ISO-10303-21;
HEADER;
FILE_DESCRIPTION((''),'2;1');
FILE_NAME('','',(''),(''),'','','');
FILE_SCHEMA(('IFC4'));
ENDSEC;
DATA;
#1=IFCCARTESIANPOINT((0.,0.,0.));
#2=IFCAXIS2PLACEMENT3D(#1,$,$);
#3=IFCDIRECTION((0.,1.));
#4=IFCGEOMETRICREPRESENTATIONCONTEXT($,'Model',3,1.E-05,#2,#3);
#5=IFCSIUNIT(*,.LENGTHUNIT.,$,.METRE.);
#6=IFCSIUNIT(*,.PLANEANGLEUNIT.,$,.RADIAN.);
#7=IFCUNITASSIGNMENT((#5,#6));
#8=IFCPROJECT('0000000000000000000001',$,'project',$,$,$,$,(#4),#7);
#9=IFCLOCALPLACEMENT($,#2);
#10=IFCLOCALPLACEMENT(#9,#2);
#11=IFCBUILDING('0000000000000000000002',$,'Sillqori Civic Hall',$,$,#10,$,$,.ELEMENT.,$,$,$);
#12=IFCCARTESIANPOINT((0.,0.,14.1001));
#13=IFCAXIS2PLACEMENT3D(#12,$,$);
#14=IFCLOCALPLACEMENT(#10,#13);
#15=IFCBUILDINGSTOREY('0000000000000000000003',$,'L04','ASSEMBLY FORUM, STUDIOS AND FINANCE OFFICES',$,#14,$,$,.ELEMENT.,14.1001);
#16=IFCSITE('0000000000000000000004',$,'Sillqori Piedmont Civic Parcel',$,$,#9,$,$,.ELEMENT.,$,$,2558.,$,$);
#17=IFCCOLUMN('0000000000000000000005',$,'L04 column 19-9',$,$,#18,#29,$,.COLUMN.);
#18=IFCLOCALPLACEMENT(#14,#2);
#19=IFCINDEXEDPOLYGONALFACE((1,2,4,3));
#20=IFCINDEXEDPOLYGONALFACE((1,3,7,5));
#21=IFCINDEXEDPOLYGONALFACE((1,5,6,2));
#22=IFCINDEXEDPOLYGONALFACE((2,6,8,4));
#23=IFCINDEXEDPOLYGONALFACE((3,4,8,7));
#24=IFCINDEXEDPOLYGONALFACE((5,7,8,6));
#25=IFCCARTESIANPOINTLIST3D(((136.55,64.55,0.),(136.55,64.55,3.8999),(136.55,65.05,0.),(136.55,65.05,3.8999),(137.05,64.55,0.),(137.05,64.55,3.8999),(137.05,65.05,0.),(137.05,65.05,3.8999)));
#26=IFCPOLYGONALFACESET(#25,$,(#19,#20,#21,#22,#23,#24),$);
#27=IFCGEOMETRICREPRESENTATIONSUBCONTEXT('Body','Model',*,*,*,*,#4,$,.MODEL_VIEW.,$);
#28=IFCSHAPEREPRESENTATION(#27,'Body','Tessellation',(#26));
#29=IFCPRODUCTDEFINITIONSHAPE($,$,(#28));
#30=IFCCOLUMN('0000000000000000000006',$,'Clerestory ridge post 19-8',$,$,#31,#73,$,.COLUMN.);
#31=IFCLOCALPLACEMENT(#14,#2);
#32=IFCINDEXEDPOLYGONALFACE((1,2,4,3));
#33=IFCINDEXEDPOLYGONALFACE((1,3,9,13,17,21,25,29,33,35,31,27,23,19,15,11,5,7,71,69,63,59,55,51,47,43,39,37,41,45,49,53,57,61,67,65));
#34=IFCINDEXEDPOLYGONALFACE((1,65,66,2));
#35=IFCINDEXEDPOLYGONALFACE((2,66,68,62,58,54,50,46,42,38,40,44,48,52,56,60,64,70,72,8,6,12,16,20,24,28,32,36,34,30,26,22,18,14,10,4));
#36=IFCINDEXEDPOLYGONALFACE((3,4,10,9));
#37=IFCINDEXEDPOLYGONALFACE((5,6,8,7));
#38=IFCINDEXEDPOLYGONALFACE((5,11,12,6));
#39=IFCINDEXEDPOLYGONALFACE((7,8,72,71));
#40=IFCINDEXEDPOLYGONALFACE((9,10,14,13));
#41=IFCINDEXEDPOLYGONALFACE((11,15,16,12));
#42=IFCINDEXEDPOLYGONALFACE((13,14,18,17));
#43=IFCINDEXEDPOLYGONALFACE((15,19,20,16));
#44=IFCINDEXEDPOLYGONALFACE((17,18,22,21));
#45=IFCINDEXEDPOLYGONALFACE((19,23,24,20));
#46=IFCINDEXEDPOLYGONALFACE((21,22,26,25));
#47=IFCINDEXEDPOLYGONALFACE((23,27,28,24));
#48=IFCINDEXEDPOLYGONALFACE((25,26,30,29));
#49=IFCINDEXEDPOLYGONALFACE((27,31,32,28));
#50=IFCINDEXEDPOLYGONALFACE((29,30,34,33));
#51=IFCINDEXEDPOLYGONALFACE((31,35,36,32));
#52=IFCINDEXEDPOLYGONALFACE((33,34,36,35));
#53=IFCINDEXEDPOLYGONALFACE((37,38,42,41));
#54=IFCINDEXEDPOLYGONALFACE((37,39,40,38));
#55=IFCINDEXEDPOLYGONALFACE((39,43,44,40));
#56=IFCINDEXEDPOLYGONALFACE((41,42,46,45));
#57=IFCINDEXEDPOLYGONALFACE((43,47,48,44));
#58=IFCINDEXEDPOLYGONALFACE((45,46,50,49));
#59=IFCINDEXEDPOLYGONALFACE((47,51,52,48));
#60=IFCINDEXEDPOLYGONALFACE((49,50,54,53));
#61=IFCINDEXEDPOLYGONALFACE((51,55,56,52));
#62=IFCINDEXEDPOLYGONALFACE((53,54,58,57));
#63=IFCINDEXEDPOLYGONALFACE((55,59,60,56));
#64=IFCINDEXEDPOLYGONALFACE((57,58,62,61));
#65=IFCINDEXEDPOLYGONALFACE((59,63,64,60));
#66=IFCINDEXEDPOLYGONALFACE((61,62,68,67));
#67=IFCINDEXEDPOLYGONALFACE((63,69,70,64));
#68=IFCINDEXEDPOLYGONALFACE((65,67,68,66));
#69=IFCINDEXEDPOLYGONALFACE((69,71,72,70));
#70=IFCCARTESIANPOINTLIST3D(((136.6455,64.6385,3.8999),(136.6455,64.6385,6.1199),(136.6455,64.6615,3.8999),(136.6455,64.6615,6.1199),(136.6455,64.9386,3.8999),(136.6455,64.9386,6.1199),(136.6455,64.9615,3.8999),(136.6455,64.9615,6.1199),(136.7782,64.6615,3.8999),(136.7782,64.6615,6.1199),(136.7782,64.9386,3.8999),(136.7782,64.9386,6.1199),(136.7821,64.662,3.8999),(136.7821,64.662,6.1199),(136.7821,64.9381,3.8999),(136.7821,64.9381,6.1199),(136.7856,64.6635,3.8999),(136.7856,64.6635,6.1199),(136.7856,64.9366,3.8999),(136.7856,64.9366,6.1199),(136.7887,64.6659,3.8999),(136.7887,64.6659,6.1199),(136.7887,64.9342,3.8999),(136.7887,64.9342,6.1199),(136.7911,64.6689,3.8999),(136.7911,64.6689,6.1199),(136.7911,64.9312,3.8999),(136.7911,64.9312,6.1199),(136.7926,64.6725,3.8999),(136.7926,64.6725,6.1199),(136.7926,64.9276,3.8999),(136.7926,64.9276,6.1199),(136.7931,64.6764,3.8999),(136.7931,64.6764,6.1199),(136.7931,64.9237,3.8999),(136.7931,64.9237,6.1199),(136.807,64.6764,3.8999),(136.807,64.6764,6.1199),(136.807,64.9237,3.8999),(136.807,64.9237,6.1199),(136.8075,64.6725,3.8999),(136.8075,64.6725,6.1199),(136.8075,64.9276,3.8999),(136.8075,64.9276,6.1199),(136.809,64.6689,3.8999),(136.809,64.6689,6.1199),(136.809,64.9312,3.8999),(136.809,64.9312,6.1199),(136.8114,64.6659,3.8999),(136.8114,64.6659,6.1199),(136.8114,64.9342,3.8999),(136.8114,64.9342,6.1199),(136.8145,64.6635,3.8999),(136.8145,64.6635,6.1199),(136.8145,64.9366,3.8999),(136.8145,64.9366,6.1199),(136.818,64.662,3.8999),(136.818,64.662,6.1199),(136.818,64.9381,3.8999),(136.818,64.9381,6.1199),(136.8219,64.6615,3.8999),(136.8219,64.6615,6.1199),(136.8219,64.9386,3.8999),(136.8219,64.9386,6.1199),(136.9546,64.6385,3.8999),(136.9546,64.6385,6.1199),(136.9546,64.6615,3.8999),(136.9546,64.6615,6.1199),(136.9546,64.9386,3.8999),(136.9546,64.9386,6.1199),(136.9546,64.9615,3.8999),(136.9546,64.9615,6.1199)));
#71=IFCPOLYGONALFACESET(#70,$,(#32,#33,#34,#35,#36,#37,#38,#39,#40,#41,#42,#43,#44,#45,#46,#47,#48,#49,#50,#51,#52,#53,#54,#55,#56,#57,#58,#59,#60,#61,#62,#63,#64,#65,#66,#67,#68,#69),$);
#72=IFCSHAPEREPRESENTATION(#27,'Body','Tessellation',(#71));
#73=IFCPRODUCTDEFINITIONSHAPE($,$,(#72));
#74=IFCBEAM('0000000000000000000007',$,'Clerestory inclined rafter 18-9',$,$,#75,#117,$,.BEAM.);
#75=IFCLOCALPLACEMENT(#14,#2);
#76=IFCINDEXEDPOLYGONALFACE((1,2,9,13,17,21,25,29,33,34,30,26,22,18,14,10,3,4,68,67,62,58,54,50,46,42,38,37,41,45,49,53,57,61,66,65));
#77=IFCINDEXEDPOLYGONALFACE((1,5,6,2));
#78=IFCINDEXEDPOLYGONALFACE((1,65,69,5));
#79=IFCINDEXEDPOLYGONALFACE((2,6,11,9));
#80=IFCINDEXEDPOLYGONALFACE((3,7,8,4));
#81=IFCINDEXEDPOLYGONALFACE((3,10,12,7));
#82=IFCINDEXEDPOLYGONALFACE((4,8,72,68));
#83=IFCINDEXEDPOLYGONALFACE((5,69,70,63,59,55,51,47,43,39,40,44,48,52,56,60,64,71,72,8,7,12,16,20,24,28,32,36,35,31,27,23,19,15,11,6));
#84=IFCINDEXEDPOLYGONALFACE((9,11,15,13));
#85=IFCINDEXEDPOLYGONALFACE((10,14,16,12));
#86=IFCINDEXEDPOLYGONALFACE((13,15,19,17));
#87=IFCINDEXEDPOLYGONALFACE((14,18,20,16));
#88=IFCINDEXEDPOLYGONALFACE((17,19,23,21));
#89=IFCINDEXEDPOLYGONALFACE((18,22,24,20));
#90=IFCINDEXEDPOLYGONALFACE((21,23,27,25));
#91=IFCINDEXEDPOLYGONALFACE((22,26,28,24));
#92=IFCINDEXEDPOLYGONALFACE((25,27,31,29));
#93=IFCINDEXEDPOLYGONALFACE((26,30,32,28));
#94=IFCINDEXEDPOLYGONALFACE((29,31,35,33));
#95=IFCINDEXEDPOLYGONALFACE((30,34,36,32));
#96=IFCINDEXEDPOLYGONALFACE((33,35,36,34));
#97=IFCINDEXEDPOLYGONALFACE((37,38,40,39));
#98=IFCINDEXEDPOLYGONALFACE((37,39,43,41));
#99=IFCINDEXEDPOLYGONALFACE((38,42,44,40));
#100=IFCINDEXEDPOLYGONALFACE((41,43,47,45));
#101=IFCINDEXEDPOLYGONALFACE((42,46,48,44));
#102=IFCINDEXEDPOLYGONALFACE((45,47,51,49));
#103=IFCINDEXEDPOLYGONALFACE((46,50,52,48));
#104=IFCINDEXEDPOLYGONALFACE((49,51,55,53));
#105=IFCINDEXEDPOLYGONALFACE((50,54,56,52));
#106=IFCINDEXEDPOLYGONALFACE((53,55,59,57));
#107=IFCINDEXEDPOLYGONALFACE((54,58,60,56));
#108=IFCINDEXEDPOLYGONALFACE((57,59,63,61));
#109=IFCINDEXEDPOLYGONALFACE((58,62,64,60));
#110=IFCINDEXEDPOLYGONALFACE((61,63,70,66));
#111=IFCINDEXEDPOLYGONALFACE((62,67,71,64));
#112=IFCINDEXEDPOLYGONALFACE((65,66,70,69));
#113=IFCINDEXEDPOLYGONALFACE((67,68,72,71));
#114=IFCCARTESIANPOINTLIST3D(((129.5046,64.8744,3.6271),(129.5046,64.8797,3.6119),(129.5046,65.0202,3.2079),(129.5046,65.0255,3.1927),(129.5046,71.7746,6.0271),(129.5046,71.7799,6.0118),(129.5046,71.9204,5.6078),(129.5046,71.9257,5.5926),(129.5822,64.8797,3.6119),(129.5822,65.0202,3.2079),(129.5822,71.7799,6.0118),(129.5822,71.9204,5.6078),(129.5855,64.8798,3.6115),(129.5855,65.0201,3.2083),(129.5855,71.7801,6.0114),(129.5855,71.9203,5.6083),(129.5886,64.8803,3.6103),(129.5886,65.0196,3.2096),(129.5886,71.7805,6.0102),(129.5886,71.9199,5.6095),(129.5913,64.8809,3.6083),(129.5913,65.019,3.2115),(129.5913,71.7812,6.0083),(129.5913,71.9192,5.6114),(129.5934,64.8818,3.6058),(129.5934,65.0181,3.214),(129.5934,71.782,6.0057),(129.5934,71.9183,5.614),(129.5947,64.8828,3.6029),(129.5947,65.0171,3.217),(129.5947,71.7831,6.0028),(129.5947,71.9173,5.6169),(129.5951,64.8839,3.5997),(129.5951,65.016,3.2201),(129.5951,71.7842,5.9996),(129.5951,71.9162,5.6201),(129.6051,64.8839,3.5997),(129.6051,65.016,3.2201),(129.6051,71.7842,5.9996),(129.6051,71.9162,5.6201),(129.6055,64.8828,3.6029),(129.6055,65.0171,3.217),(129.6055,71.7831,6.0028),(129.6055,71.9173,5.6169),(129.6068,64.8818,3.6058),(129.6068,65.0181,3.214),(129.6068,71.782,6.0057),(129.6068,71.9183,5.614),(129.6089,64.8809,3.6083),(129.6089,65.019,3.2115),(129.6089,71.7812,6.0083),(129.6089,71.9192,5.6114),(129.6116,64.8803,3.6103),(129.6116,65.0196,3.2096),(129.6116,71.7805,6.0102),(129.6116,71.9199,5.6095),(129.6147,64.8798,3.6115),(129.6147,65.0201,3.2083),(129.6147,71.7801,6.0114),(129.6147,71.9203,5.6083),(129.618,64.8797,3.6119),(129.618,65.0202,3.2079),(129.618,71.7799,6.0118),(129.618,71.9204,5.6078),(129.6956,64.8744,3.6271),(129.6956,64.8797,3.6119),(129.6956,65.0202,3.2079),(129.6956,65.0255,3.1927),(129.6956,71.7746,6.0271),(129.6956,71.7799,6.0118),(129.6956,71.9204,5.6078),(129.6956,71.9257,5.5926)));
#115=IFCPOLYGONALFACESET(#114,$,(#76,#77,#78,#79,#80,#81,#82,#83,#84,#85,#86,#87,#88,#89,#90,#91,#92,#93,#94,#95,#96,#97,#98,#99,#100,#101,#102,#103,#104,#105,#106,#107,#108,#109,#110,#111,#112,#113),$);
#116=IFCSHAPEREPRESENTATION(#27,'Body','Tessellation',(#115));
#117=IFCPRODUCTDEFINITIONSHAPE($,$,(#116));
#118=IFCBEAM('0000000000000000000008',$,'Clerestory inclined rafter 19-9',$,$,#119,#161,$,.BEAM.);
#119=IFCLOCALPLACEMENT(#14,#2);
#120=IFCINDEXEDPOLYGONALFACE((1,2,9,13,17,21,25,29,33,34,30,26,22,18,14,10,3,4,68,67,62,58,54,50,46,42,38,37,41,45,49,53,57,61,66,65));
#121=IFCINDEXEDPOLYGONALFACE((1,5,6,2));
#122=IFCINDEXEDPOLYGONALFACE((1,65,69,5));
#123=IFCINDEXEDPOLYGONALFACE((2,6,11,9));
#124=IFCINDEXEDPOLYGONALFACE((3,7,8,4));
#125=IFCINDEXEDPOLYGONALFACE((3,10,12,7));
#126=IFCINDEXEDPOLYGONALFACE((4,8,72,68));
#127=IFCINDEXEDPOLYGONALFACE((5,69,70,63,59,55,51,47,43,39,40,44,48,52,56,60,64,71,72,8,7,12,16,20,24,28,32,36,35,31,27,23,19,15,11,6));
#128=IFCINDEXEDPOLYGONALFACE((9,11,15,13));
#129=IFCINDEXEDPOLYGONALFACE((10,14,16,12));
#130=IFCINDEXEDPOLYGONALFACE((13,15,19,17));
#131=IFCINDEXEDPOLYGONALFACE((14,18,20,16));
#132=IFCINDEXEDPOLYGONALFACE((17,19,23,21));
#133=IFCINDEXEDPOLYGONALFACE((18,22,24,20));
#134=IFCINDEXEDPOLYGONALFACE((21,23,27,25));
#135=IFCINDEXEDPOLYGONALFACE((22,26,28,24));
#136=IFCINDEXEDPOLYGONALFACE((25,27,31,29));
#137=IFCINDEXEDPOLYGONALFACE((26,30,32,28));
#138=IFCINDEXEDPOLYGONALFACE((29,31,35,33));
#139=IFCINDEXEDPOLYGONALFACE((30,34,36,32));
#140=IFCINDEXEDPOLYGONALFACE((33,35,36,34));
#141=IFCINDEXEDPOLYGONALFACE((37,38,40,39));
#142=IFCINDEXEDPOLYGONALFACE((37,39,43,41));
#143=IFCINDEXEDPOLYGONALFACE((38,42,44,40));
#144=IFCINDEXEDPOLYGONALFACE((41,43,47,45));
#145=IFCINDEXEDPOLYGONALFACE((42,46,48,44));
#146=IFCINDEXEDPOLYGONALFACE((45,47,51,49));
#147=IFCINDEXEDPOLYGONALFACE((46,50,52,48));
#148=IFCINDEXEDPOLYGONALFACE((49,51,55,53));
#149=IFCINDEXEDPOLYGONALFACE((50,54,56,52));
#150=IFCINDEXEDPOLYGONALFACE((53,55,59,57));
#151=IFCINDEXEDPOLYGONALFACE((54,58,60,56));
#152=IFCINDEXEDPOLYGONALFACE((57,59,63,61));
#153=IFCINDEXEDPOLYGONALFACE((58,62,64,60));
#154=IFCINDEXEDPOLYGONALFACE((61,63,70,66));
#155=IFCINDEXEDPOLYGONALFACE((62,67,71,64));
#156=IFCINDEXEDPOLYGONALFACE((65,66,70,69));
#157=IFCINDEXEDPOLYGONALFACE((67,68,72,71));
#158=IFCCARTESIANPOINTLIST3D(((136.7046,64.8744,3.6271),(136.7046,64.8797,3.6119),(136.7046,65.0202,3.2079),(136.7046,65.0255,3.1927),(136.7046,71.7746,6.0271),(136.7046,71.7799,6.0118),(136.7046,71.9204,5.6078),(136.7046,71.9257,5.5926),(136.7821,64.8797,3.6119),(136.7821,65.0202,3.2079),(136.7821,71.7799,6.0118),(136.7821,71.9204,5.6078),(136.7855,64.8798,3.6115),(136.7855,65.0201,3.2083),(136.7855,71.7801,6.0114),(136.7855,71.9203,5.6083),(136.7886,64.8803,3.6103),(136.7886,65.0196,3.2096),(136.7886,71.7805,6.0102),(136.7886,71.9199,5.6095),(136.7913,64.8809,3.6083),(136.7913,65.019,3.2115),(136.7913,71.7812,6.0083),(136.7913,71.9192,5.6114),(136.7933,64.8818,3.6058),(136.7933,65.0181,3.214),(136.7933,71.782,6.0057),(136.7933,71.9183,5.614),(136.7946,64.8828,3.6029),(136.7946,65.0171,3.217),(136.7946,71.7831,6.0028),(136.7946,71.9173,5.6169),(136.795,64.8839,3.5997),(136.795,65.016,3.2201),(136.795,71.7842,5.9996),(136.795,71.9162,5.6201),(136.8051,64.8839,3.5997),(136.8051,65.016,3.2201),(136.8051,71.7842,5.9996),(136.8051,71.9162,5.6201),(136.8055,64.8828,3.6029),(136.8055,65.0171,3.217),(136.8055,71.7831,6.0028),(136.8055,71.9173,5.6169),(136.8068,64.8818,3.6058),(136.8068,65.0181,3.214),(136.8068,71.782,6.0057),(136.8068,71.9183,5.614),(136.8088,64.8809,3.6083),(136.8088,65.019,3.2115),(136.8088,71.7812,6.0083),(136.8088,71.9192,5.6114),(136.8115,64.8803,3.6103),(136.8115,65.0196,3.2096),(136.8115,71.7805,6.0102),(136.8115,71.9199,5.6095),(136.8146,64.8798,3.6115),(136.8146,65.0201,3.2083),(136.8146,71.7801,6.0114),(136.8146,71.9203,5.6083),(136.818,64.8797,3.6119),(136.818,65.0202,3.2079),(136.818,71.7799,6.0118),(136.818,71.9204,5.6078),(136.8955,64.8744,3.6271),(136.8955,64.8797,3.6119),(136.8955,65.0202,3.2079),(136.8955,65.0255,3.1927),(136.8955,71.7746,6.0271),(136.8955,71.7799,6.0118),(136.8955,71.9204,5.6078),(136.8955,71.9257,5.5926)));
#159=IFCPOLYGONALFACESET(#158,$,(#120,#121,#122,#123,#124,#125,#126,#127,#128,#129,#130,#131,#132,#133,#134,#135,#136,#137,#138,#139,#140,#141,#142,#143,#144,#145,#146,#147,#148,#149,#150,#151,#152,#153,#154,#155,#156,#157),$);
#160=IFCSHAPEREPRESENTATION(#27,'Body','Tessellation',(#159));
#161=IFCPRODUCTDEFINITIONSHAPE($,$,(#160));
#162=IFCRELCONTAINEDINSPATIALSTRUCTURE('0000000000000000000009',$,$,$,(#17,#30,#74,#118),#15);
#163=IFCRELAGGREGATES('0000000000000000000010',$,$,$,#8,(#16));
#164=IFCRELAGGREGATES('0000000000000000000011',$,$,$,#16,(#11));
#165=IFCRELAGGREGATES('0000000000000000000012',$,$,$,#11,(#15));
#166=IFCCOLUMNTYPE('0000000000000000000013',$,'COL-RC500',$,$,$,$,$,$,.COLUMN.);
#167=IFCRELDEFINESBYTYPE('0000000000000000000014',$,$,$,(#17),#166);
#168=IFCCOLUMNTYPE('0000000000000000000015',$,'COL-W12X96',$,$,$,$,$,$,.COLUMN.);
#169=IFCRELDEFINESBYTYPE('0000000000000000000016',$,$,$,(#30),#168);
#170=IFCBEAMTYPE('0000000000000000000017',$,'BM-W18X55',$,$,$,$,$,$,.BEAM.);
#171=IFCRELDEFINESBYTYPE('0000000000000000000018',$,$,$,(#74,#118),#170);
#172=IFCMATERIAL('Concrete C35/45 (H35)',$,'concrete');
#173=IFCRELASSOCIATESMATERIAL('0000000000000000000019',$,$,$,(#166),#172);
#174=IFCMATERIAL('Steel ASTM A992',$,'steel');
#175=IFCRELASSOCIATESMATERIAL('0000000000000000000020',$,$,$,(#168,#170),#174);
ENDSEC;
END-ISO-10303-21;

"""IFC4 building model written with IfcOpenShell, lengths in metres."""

from ifc_helpers import new_model, si_unit, direction, frame, origin, origin_2d, place, context, subcontext, project, spatial, rectangle, i_section, extrude, material, material_profile, profile_set, type_object, element, save


model = new_model("IFC4")

# Units and contexts
model_context = context("Model", 3, precision=1e-05, world=origin(), true_north=direction((0.0, 1.0)))
body_context = subcontext(model_context, "Body", "Model", "MODEL_VIEW")
ifc_project = project(units=[si_unit("LENGTHUNIT", "METRE"), si_unit("PLANEANGLEUNIT", "RADIAN")], contexts=[model_context])

# Site, building, storey
site_placement = place(None, origin())
site = spatial("IfcSite", under=ifc_project, at=site_placement, Name="Sillqori Piedmont Civic Parcel", CompositionType="ELEMENT", RefElevation=2558.0)
building_placement = place(site_placement, origin())
building = spatial("IfcBuilding", under=site, at=building_placement, Name="Sillqori Civic Hall", CompositionType="ELEMENT")
storey_placement = place(building_placement, frame((0.0, 0.0, 14.1001)))
storey = spatial("IfcBuildingStorey", under=building, at=storey_placement, Name="L04", Description="ASSEMBLY FORUM, STUDIOS AND FINANCE OFFICES", CompositionType="ELEMENT", Elevation=14.1001)

# Columns
ifc_material_1 = material(Name="Concrete C35/45 (H35)", Category="concrete")
ifc_material_profile_1 = material_profile(ifc_material_1, rectangle(XDim=0.5, YDim=0.5, at=origin_2d()), Name="RC 500x500")
ifc_profile_set_1 = profile_set([ifc_material_profile_1], Name="Concrete C35/45 (H35)")
column_type_1 = type_object("IfcColumnType", Name="COL-RC500", PredefinedType="COLUMN", material=ifc_profile_set_1)
column_1_placement = place(storey_placement, frame((136.8, 64.8, 0.0), z_axis=(0.0, 0.0, 1.0), x_axis=(1.0, 0.0, 0.0)))
element("IfcColumn", 1, at=column_1_placement, inside=storey, type_object=column_type_1, Name="L04 column 19-9", PredefinedType="COLUMN", context=body_context, shape_type="SweptSolid", body=[
    extrude(rectangle(XDim=0.5, YDim=0.5, at=origin_2d()), origin(), (0.0, 0.0, 1.0), 3.8999),
])
ifc_material_2 = material(Name="Steel ASTM A992", Category="steel")
ifc_material_profile_2 = material_profile(ifc_material_2, i_section(OverallWidth=0.3091, OverallDepth=0.323, WebThickness=0.0139, FlangeThickness=0.0229, FilletRadius=0.0149, at=origin_2d()), Name="W12X96")
ifc_profile_set_2 = profile_set([ifc_material_profile_2], Name="Steel ASTM A992")
column_type_2 = type_object("IfcColumnType", Name="COL-W12X96", PredefinedType="COLUMN", material=ifc_profile_set_2)
column_2_placement = place(storey_placement, frame((136.8, 64.8, 3.8999), z_axis=(0.0, 0.0, 1.0), x_axis=(1.0, 0.0, 0.0)))
element("IfcColumn", 2, at=column_2_placement, inside=storey, type_object=column_type_2, Name="Clerestory ridge post 19-8", PredefinedType="COLUMN", context=body_context, shape_type="SweptSolid", body=[
    extrude(i_section(OverallWidth=0.3091, OverallDepth=0.323, WebThickness=0.0139, FlangeThickness=0.0229, FilletRadius=0.0149, at=origin_2d()), origin(), (0.0, 0.0, 1.0), 2.22),
])

# Beams
ifc_material_profile_3 = material_profile(ifc_material_2, i_section(OverallWidth=0.1909, OverallDepth=0.46, WebThickness=0.01, FlangeThickness=0.0161, FilletRadius=0.0129, at=origin_2d()), Name="W18X55")
ifc_profile_set_3 = profile_set([ifc_material_profile_3], Name="Steel ASTM A992")
beam_type_1 = type_object("IfcBeamType", Name="BM-W18X55", PredefinedType="BEAM", material=ifc_profile_set_3)
for number, where, z_axis, x_axis, name in (
    (3, (129.6001, 64.95, 3.4099), (0.0, 0.944503, 0.328502), (-1.0, 0.0, 0.0), "Clerestory inclined rafter 18-9"),
    (4, (136.8, 64.95, 3.4099), (0.0, 0.944503, 0.328502), (-1.0, 0.0, 0.0), "Clerestory inclined rafter 19-9"),
):
    element("IfcBeam", number, at=place(storey_placement, frame(where, z_axis=z_axis, x_axis=x_axis)), inside=storey, type_object=beam_type_1, Name=name, PredefinedType="BEAM", context=body_context, shape_type="SweptSolid", body=[
        extrude(i_section(OverallWidth=0.1909, OverallDepth=0.46, WebThickness=0.01, FlangeThickness=0.0161, FilletRadius=0.0129, at=origin_2d()), origin(), (0.0, 0.0, 1.0), 7.3057),
    ])

save(model, "model.ifc")
